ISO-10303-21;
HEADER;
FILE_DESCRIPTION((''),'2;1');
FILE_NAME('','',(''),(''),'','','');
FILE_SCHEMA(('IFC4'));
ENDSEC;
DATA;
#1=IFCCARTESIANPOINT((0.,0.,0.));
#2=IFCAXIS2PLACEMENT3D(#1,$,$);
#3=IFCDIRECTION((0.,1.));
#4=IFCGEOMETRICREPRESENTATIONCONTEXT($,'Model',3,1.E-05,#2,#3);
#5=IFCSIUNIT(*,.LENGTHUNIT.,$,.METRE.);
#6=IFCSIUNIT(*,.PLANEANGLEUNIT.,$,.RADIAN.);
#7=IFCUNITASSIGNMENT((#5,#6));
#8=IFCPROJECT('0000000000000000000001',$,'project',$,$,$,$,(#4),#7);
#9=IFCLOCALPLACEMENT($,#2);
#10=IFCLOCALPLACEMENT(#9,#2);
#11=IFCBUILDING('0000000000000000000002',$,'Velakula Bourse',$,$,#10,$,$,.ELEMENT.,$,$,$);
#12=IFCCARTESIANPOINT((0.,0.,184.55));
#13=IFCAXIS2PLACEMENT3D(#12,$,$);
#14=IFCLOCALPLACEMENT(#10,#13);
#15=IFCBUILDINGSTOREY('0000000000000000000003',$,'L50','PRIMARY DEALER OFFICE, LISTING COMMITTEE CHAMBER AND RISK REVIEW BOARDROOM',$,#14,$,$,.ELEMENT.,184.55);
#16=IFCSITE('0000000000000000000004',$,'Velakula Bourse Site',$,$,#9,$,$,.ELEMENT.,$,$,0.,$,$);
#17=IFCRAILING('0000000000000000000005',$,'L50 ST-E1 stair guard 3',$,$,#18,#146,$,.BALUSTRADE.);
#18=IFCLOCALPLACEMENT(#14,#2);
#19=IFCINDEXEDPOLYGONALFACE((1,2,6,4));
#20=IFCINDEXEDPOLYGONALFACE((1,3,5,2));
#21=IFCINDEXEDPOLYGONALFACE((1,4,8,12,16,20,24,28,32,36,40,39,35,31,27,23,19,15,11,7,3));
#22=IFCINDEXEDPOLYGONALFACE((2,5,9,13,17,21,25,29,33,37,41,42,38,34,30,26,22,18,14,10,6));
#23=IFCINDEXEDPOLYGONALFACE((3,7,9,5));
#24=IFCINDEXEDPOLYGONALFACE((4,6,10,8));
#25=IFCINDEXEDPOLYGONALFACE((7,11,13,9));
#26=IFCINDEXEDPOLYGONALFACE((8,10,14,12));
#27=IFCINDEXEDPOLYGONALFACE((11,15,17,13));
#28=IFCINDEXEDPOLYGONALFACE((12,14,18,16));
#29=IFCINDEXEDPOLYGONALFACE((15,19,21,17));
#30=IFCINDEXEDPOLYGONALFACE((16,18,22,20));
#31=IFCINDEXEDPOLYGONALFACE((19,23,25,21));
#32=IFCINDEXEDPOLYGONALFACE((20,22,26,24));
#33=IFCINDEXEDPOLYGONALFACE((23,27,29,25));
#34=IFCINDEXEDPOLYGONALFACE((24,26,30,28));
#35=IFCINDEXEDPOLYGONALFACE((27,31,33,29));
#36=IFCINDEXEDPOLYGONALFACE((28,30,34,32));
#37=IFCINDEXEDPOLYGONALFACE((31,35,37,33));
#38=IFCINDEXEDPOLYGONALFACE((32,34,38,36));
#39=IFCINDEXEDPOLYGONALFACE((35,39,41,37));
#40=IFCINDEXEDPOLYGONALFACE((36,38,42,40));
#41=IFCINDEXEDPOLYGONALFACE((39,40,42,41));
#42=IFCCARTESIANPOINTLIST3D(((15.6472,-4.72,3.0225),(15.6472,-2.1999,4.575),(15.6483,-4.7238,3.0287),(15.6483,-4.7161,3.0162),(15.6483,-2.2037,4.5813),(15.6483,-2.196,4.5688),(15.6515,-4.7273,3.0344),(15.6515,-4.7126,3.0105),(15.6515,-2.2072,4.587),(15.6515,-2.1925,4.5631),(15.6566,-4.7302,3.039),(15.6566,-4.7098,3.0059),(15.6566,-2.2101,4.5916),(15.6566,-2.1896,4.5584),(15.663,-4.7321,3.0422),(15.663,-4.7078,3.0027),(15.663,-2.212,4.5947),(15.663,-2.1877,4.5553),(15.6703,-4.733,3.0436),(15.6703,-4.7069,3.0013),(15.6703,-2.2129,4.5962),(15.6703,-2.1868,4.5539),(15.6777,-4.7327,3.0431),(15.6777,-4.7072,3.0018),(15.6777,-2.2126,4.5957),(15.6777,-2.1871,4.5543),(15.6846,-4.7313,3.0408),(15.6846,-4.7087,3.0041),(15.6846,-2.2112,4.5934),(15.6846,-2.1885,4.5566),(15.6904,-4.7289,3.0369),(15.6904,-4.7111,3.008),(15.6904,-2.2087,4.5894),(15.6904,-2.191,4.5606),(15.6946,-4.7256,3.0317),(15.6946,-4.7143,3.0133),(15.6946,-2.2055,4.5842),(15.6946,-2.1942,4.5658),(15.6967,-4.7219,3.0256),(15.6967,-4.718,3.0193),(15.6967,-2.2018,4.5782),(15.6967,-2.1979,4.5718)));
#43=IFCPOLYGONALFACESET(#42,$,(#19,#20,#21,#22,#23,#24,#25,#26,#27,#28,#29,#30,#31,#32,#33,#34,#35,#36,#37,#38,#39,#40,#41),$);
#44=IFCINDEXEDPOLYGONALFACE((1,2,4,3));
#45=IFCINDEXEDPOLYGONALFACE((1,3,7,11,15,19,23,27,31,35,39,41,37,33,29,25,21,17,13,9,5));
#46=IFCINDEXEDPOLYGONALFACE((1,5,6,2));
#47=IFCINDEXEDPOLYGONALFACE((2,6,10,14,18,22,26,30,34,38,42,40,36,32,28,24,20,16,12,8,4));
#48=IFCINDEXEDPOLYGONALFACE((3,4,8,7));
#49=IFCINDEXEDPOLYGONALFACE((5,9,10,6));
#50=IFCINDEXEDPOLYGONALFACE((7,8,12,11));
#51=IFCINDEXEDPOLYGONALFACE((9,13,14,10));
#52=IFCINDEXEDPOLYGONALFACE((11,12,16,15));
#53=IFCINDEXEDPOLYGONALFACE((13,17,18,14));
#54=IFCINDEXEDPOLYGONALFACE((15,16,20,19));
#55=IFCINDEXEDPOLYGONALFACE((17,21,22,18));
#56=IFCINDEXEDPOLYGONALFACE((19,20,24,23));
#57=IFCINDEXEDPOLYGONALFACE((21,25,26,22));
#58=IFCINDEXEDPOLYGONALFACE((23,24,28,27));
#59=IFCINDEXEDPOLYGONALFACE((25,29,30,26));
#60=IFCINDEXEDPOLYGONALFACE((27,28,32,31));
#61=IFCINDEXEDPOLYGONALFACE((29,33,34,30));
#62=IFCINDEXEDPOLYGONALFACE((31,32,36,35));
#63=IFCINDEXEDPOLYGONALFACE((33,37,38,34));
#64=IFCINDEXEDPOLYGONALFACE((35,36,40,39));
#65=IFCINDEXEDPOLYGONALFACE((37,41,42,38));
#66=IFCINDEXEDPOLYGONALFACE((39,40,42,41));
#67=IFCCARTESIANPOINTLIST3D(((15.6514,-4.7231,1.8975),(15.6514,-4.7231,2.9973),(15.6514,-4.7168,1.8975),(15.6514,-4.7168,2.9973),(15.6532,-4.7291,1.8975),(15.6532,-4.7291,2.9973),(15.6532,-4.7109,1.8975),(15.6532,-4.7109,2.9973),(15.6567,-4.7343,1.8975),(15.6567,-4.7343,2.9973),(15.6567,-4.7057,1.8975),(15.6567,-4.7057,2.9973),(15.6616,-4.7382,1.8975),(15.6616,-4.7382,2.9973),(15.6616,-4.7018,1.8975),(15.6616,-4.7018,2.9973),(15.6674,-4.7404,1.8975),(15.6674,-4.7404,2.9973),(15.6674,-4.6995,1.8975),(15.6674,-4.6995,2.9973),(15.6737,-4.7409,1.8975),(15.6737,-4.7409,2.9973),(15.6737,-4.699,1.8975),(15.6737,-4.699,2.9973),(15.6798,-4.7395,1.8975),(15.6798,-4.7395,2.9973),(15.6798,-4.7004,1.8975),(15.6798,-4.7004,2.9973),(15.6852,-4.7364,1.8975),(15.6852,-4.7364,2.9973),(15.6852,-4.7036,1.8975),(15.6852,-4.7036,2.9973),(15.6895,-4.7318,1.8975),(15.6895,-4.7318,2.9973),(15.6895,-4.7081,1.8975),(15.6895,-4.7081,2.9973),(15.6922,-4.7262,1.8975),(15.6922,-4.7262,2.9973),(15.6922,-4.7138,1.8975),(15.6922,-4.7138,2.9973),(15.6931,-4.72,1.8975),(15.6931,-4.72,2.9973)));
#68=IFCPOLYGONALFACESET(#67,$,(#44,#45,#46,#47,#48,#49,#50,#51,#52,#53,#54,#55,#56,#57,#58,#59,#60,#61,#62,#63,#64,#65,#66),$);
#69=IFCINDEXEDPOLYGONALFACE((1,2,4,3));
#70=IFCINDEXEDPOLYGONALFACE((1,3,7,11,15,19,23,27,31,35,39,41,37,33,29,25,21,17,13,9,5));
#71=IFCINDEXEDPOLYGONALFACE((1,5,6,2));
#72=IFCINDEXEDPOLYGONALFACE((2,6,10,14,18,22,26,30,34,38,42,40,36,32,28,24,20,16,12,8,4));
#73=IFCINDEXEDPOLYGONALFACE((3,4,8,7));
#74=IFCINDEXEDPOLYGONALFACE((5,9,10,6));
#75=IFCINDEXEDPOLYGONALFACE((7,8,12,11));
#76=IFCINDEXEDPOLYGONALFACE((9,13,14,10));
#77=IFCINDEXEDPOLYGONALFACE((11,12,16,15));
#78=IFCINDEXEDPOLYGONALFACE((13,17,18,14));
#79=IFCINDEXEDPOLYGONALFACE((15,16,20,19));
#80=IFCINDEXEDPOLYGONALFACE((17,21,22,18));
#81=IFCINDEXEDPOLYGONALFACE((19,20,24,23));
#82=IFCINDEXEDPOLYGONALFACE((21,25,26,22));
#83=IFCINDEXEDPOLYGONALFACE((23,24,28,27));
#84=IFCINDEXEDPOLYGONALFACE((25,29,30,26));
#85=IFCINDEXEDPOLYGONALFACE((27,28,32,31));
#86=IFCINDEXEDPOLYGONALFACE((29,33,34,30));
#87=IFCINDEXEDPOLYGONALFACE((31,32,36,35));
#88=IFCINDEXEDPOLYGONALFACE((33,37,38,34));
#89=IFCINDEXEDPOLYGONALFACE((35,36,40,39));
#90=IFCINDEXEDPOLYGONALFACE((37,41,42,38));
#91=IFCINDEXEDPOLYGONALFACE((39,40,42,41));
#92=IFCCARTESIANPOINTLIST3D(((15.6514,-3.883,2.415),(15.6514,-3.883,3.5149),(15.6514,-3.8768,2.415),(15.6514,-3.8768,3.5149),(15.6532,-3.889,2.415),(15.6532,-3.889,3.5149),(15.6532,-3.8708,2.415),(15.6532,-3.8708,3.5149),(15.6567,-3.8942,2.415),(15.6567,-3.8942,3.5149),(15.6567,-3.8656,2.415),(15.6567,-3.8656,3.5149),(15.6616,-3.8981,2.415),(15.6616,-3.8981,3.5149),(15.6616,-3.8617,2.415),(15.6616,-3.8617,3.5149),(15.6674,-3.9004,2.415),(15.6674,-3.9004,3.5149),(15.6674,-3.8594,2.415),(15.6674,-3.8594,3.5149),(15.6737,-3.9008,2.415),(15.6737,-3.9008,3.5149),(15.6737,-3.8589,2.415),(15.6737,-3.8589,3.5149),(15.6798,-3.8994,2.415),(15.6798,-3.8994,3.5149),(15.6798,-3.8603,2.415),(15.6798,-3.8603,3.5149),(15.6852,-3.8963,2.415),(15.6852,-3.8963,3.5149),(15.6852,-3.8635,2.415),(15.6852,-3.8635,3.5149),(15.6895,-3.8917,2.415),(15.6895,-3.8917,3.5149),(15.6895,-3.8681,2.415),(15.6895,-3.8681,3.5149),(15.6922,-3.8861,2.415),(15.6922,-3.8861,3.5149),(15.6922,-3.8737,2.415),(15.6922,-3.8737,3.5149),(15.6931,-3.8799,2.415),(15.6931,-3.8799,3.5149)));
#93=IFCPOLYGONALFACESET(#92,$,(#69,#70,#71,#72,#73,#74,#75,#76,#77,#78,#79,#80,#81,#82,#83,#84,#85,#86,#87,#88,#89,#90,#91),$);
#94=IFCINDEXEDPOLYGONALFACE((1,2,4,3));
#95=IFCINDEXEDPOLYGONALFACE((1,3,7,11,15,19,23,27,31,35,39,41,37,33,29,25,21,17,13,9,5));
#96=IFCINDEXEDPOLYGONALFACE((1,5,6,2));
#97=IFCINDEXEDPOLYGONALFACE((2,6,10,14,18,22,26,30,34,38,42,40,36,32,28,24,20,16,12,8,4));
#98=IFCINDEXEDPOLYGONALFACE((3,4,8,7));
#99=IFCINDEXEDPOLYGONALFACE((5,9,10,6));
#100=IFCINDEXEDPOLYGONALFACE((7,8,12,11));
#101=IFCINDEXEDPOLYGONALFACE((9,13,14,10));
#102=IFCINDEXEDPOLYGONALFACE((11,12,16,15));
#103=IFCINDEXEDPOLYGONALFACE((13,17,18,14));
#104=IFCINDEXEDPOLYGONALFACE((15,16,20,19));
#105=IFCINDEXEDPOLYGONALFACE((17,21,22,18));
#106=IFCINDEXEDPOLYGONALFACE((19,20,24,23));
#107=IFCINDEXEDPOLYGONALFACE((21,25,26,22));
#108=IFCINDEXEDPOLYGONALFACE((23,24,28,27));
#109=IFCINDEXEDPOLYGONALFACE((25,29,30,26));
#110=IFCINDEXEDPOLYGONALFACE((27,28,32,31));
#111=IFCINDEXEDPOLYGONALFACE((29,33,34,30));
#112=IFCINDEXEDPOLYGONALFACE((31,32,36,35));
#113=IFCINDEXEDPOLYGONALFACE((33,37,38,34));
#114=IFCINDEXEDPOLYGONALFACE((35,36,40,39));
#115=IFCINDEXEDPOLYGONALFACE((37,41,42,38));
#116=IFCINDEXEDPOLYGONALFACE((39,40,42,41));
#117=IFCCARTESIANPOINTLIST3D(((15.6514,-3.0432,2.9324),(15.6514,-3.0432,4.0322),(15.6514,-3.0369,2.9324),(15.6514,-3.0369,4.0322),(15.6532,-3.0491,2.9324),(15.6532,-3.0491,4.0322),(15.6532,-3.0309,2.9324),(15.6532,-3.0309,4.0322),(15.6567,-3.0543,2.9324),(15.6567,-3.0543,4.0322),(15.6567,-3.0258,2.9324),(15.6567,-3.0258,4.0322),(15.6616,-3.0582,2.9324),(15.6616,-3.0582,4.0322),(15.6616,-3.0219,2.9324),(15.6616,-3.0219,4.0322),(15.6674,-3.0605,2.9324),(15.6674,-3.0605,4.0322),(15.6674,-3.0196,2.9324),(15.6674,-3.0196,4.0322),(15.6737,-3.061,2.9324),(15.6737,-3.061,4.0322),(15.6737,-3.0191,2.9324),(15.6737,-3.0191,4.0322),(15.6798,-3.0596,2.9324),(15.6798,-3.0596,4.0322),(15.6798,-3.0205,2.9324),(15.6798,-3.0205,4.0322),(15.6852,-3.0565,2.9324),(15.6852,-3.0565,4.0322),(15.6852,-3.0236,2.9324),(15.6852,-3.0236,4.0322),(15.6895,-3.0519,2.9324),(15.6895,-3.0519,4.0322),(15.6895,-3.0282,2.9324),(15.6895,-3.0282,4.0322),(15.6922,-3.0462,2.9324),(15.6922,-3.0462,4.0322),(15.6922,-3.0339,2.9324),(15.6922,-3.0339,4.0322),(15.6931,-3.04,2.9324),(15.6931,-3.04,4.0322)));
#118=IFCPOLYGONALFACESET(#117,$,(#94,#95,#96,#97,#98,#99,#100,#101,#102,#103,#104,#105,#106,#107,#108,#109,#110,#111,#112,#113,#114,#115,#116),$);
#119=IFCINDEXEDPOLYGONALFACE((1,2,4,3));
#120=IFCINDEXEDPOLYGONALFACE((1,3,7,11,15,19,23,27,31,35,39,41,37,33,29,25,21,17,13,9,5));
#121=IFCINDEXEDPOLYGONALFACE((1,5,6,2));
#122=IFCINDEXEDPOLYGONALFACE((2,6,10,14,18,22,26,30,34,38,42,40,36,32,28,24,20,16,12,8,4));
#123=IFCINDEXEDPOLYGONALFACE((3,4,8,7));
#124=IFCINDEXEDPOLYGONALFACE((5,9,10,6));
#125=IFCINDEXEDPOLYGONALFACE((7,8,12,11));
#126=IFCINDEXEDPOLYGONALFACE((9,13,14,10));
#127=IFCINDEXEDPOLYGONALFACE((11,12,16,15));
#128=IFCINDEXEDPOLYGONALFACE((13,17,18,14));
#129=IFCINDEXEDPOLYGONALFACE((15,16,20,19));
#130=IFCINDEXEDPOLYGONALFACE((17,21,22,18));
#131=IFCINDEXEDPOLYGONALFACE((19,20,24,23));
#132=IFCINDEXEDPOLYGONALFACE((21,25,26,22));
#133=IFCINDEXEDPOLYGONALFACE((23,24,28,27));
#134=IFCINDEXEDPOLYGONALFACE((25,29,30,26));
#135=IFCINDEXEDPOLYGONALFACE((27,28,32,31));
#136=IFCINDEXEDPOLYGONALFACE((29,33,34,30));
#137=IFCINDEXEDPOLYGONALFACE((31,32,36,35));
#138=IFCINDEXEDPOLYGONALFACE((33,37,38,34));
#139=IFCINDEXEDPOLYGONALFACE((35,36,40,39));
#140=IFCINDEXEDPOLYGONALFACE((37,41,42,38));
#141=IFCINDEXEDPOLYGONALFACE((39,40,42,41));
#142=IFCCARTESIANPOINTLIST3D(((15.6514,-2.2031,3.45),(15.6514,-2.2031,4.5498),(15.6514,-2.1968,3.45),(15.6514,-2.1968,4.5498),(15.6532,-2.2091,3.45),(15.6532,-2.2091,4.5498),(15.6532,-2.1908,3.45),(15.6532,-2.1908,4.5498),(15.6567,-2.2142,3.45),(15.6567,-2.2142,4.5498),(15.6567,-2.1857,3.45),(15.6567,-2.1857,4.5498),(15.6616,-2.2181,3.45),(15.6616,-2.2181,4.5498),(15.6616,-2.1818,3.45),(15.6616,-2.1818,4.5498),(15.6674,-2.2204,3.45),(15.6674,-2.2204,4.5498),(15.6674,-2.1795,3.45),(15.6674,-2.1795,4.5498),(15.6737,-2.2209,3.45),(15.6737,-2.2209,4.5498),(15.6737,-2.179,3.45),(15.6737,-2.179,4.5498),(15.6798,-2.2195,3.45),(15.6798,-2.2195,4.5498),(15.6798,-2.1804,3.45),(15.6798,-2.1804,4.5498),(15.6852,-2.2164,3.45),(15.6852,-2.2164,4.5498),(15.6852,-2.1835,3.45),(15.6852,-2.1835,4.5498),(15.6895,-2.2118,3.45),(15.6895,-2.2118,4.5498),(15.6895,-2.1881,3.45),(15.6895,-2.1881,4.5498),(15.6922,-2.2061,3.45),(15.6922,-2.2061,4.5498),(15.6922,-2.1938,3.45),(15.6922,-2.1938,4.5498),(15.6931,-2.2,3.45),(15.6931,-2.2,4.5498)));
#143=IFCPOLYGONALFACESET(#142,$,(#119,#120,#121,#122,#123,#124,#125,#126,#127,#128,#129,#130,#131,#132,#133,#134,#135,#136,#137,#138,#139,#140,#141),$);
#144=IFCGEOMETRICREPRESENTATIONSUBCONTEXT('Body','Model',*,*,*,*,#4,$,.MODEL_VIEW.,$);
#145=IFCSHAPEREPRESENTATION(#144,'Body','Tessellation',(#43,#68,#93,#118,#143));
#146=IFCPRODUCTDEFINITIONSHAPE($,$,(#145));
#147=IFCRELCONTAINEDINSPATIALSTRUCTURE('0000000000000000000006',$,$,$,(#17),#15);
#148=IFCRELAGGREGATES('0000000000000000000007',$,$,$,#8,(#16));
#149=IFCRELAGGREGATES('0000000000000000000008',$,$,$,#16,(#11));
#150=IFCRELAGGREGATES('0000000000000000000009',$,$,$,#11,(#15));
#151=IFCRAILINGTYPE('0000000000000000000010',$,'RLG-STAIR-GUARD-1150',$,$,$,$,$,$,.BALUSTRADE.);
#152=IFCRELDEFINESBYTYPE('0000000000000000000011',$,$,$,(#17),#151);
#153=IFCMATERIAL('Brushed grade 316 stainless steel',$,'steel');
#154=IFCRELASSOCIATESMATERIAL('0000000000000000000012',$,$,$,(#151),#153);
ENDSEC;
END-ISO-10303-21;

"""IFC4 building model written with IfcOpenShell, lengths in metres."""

from ifc_helpers import new_model, si_unit, direction, frame, origin, origin_2d, place, context, subcontext, project, spatial, circle, extrude, material, type_object, element, save


model = new_model("IFC4")

# Units and contexts
model_context = context("Model", 3, precision=1e-05, world=origin(), true_north=direction((0.0, 1.0)))
body_context = subcontext(model_context, "Body", "Model", "MODEL_VIEW")
ifc_project = project(units=[si_unit("LENGTHUNIT", "METRE"), si_unit("PLANEANGLEUNIT", "RADIAN")], contexts=[model_context])

# Site, building, storey
site_placement = place(None, origin())
site = spatial("IfcSite", under=ifc_project, at=site_placement, Name="Velakula Bourse Site", CompositionType="ELEMENT", RefElevation=0.0)
building_placement = place(site_placement, origin())
building = spatial("IfcBuilding", under=site, at=building_placement, Name="Velakula Bourse", CompositionType="ELEMENT")
storey_placement = place(building_placement, frame((0.0, 0.0, 184.55)))
storey = spatial("IfcBuildingStorey", under=building, at=storey_placement, Name="L50", Description="PRIMARY DEALER OFFICE, LISTING COMMITTEE CHAMBER AND RISK REVIEW BOARDROOM", CompositionType="ELEMENT", Elevation=184.55)

# Shared definitions
ifc_material_1 = material(Name="Brushed grade 316 stainless steel", Category="steel")

# Railing
railing_type_1 = type_object("IfcRailingType", Name="RLG-STAIR-GUARD-1150", PredefinedType="BALUSTRADE", material=ifc_material_1)
railing_1_placement = place(storey_placement, frame((15.6721, -4.72, 1.8975)))
element("IfcRailing", 1, at=railing_1_placement, inside=storey, type_object=railing_type_1, Name="L50 ST-E1 stair guard 3", PredefinedType="BALUSTRADE", context=body_context, shape_type="SweptSolid", body=[
    extrude(circle(Radius=0.0249, at=origin_2d()), frame((0.0, 0.0, 1.125), z_axis=(0.0, 0.8514, 0.524516), x_axis=(-1.0, 0.0, 0.0)), (0.0, 0.0, 1.0), 2.96),
    extrude(circle(Radius=0.021, at=origin_2d()), origin(), (0.0, 0.0, 1.0), 1.0999),
    extrude(circle(Radius=0.021, at=origin_2d()), frame((0.0, 0.8401, 0.5176)), (0.0, 0.0, 1.0), 1.0999),
    extrude(circle(Radius=0.021, at=origin_2d()), frame((0.0, 1.6799, 1.0349)), (0.0, 0.0, 1.0), 1.0999),
    extrude(circle(Radius=0.021, at=origin_2d()), frame((0.0, 2.52, 1.5525)), (0.0, 0.0, 1.0), 1.0999),
])

save(model, "model.ifc")
